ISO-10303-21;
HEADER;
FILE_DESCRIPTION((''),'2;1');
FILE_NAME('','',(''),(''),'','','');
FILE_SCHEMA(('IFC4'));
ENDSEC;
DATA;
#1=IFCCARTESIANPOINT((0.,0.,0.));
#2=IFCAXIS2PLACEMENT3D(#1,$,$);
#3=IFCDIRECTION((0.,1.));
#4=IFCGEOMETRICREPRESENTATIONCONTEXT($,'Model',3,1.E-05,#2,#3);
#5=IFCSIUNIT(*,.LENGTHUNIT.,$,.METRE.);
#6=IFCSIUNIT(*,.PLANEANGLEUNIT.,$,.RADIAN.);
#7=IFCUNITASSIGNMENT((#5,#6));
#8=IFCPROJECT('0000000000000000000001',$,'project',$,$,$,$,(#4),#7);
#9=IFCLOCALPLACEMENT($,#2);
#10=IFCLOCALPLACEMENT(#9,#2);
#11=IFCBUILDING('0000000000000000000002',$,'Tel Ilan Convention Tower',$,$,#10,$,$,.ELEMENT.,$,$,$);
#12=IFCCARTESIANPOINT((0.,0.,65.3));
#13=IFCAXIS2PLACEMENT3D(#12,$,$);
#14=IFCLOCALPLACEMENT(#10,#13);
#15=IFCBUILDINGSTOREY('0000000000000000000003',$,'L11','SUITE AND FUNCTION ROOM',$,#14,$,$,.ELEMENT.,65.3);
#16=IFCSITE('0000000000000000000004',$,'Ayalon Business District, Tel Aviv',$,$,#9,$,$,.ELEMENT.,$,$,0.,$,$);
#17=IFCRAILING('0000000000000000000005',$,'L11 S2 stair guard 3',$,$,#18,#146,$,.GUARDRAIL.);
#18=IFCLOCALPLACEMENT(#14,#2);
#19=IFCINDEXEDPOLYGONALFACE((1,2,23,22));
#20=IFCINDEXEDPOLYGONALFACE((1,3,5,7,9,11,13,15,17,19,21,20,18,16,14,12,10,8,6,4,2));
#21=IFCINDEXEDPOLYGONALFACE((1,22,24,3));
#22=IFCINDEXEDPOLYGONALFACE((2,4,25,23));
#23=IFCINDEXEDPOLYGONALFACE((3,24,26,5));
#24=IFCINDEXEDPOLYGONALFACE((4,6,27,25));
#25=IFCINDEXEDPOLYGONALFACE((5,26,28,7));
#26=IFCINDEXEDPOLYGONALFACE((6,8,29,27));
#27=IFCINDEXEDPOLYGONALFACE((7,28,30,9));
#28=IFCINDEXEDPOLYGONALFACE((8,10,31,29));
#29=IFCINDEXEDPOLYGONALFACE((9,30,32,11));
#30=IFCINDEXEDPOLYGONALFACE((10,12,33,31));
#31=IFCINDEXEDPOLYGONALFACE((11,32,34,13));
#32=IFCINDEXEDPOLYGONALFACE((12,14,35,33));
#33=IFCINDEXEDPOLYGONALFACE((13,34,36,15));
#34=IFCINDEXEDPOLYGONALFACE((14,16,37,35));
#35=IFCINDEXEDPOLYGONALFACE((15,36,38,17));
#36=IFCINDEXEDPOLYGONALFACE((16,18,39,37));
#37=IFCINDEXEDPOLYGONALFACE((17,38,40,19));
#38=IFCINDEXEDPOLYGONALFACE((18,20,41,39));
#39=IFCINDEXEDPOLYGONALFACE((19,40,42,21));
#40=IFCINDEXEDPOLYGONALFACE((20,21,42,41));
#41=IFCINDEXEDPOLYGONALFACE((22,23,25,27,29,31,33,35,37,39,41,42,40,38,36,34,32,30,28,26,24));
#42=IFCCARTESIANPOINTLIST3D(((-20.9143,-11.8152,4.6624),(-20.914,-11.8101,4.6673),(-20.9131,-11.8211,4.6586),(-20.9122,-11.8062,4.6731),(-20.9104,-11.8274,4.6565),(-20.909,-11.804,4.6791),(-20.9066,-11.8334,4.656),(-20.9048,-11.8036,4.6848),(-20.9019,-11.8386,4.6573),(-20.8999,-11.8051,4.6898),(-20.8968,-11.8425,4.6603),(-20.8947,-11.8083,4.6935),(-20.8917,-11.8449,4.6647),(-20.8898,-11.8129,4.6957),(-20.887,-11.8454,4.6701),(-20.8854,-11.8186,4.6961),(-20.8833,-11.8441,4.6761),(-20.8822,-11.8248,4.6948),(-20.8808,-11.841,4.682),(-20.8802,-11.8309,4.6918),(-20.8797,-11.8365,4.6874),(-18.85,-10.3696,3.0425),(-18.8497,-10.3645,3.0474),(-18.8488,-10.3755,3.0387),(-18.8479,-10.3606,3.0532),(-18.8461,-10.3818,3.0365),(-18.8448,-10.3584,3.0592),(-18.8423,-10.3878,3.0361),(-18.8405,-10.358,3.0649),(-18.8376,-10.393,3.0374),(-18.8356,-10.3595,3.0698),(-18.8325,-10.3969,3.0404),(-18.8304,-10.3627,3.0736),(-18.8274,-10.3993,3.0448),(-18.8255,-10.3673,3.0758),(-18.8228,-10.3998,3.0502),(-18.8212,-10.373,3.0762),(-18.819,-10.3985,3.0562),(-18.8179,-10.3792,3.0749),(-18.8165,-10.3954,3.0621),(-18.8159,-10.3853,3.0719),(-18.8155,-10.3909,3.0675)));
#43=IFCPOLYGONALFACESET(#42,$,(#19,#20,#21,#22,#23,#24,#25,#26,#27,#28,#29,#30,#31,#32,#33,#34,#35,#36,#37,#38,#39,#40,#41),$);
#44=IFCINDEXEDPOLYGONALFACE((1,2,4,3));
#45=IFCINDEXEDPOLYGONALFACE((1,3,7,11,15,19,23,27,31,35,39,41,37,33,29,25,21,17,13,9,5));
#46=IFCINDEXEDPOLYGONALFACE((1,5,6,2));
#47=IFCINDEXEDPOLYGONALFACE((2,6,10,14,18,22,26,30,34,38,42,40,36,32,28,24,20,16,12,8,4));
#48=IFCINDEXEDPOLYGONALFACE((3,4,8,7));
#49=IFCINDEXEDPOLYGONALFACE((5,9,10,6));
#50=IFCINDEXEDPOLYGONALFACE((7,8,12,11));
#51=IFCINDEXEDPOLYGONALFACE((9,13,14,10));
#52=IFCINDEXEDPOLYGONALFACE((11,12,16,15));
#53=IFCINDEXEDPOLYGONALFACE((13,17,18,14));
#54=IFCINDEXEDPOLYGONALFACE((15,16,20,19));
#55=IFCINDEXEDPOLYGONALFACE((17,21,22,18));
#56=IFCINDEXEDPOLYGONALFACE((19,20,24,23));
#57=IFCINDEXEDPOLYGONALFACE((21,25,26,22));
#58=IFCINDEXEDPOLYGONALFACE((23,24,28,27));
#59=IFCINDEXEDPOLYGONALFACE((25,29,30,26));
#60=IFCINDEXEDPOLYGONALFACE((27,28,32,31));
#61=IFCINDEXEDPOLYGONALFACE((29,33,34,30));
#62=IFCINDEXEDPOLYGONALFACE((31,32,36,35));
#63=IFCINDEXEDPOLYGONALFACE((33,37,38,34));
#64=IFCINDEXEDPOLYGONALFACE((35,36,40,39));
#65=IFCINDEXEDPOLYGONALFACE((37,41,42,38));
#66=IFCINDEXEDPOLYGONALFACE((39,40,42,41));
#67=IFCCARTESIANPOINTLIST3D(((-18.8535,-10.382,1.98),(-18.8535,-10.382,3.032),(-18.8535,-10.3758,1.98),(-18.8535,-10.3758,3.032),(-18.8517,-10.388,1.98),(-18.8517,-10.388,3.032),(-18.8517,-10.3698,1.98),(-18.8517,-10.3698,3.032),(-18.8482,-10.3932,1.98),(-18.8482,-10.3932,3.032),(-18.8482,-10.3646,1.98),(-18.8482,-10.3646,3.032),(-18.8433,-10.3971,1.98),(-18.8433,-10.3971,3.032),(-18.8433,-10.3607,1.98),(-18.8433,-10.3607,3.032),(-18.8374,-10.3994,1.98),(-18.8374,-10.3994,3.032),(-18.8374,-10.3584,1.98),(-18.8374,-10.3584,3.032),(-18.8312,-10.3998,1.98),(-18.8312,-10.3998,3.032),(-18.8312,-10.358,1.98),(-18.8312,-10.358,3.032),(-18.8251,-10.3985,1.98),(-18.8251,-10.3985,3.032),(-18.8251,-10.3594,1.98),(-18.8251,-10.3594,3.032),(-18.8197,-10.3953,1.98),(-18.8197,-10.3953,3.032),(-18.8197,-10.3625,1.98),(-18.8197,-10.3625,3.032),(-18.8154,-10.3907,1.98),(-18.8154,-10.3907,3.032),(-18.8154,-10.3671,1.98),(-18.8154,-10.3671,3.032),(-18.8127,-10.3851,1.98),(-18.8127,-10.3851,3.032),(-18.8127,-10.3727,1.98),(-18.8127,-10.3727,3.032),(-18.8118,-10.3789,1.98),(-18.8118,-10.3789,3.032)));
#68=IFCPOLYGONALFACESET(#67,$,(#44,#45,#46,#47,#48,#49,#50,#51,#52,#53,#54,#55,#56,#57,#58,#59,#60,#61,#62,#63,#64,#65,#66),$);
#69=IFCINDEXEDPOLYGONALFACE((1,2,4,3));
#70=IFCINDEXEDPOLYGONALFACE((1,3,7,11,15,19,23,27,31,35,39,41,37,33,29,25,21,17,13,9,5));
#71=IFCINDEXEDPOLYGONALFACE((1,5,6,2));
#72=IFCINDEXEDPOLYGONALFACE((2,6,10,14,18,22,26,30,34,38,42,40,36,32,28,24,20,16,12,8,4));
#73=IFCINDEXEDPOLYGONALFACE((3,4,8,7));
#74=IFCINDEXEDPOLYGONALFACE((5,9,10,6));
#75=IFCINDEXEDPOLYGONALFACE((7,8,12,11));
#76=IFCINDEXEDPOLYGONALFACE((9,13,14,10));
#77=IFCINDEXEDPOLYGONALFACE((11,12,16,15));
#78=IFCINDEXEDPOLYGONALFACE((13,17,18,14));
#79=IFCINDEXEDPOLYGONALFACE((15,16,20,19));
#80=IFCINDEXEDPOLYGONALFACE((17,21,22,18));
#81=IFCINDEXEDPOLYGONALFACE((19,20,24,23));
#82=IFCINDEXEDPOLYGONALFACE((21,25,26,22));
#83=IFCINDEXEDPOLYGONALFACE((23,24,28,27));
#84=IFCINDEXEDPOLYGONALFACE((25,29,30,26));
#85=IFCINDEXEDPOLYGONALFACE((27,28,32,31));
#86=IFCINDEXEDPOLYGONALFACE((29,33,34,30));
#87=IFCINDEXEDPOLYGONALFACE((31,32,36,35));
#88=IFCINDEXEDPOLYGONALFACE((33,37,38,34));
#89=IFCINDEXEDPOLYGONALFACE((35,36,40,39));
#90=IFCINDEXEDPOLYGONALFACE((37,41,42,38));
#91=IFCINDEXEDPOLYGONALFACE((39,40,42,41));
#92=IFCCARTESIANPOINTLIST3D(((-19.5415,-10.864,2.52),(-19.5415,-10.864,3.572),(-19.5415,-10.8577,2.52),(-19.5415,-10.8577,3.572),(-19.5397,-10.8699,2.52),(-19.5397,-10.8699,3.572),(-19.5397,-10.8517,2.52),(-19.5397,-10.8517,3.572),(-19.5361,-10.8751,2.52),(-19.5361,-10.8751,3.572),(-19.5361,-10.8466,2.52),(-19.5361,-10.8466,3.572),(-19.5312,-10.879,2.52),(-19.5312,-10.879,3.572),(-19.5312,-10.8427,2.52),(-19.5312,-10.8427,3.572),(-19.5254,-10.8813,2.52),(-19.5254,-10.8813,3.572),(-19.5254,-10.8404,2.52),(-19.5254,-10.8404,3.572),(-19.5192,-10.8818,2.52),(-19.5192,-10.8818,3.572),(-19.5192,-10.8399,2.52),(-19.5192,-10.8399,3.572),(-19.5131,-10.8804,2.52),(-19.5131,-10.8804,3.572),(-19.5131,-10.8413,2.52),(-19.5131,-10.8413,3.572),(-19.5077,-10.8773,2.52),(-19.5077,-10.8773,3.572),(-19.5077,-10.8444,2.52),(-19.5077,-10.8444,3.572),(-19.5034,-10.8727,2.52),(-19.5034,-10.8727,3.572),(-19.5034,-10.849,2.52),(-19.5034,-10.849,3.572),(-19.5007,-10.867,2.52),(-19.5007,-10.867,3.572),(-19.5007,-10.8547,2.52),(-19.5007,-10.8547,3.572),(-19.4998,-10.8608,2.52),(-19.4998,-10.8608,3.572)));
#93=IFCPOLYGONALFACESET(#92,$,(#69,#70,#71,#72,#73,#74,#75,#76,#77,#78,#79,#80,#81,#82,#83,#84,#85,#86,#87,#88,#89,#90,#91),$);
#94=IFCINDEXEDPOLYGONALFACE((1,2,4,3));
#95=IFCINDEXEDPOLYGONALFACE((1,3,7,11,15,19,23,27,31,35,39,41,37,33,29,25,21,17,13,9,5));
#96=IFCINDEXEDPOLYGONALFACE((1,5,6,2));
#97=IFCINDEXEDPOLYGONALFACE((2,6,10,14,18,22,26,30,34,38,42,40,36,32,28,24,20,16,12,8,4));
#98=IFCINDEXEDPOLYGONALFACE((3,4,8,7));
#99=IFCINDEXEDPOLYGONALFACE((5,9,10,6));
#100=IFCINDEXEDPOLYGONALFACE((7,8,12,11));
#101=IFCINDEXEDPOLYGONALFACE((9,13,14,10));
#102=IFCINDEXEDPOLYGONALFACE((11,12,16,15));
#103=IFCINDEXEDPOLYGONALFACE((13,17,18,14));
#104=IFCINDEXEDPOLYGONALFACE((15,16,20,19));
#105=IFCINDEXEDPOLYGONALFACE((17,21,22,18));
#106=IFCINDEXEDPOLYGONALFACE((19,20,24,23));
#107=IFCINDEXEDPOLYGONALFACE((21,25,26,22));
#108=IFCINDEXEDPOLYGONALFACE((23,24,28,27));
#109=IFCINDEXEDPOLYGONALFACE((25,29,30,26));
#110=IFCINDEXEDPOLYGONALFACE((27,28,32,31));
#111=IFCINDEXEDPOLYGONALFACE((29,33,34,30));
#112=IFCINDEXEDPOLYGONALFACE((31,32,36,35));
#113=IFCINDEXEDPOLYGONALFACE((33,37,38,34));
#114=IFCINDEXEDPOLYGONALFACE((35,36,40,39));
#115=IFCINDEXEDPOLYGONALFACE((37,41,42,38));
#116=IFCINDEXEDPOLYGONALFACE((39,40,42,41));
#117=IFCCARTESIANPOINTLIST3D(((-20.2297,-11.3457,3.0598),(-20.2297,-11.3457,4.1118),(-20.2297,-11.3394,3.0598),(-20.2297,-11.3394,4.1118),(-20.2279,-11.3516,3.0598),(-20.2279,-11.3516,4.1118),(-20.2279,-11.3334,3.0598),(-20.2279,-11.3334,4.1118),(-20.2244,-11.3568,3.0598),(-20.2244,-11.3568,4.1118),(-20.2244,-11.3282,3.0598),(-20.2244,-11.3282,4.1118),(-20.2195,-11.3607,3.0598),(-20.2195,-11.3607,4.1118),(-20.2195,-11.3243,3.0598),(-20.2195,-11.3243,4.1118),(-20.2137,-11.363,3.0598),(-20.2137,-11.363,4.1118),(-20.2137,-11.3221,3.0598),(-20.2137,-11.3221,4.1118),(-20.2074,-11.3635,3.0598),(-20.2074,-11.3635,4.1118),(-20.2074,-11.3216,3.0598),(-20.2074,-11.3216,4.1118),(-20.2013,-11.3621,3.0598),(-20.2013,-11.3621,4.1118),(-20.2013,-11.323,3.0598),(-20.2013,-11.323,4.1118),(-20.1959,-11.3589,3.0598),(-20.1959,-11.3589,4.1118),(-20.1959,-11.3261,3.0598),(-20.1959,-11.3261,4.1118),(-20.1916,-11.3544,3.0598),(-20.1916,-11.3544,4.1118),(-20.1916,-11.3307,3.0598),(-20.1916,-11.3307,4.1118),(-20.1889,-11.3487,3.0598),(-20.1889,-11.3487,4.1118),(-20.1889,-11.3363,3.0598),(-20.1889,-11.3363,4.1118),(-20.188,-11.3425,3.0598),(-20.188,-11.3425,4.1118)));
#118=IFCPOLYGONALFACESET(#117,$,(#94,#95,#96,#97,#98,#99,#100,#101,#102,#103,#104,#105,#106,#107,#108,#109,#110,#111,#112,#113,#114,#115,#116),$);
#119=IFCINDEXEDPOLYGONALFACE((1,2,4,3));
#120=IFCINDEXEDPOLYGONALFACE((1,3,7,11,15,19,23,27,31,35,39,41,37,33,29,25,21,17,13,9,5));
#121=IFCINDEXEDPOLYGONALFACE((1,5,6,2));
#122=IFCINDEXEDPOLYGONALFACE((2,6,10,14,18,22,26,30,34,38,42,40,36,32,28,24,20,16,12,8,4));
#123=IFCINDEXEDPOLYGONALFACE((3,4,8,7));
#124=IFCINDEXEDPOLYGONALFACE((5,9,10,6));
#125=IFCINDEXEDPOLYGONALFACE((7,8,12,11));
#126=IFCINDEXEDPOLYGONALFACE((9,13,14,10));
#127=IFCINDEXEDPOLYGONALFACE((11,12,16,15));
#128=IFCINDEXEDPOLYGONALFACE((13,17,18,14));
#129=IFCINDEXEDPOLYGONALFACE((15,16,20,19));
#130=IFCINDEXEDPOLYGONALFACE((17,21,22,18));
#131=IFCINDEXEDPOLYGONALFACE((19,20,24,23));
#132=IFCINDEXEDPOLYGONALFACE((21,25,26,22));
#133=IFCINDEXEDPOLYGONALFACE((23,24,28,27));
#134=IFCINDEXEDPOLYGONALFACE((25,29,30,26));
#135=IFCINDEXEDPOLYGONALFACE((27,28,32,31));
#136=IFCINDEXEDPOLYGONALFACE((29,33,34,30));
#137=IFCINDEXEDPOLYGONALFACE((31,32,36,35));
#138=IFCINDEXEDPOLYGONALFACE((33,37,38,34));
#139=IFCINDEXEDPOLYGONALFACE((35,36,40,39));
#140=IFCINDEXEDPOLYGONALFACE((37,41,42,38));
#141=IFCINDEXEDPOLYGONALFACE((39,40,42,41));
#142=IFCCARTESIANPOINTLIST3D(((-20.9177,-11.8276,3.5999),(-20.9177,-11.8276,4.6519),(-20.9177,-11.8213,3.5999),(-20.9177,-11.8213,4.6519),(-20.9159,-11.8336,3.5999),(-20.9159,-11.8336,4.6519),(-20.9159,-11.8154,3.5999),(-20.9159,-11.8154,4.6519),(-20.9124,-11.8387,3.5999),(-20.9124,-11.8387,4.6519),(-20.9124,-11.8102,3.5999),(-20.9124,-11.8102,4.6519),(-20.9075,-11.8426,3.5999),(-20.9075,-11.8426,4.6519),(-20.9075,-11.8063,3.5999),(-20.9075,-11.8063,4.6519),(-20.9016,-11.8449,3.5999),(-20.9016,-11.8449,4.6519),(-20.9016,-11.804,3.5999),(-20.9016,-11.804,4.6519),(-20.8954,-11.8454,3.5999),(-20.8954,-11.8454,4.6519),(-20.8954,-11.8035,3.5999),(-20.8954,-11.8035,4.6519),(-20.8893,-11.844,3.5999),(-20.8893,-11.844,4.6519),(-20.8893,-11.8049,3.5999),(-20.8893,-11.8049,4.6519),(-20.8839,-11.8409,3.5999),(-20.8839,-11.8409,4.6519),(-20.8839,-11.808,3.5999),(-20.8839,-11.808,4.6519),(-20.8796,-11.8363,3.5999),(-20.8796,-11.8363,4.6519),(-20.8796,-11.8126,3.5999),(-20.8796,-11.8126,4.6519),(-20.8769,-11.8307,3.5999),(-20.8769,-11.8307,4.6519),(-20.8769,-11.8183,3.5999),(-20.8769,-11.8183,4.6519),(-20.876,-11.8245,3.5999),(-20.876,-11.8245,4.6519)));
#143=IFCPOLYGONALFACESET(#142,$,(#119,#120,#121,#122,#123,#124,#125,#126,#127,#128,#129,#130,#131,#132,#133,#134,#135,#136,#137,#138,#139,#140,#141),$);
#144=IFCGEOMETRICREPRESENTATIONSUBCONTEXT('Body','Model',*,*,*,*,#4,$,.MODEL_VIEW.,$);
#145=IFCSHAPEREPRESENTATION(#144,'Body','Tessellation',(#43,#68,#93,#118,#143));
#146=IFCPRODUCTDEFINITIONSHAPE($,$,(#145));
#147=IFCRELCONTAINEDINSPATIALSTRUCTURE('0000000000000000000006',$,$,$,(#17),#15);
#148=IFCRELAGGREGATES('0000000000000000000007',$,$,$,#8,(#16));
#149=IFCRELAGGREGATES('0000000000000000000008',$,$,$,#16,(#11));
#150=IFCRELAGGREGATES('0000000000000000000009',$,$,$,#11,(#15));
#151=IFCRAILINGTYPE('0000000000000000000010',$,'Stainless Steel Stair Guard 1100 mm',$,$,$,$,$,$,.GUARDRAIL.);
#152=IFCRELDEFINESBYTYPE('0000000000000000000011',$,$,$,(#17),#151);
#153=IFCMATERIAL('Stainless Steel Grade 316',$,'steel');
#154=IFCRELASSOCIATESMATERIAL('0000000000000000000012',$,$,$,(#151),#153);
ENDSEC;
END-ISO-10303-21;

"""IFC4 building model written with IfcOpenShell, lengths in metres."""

from ifc_helpers import new_model, si_unit, direction, frame, origin, origin_2d, place, context, subcontext, project, spatial, circle, extrude, material, type_object, element, save


model = new_model("IFC4")

# Units and contexts
model_context = context("Model", 3, precision=1e-05, world=origin(), true_north=direction((0.0, 1.0)))
body_context = subcontext(model_context, "Body", "Model", "MODEL_VIEW")
ifc_project = project(units=[si_unit("LENGTHUNIT", "METRE"), si_unit("PLANEANGLEUNIT", "RADIAN")], contexts=[model_context])

# Site, building, storey
site_placement = place(None, origin())
site = spatial("IfcSite", under=ifc_project, at=site_placement, Name="Ayalon Business District, Tel Aviv", CompositionType="ELEMENT", RefElevation=0.0)
building_placement = place(site_placement, origin())
building = spatial("IfcBuilding", under=site, at=building_placement, Name="Tel Ilan Convention Tower", CompositionType="ELEMENT")
storey_placement = place(building_placement, frame((0.0, 0.0, 65.3)))
storey = spatial("IfcBuildingStorey", under=building, at=storey_placement, Name="L11", Description="SUITE AND FUNCTION ROOM", CompositionType="ELEMENT", Elevation=65.3)

# Railing
ifc_material_1 = material(Name="Stainless Steel Grade 316", Category="steel")
railing_type_1 = type_object("IfcRailingType", Name="Stainless Steel Stair Guard 1100 mm", PredefinedType="GUARDRAIL", material=ifc_material_1)
railing_1_placement = place(storey_placement, frame((-18.8328, -10.3789, 1.98)))
element("IfcRailing", 1, at=railing_1_placement, inside=storey, type_object=railing_type_1, Name="L11 S2 stair guard 3", PredefinedType="GUARDRAIL", context=body_context, shape_type="SweptSolid", body=[
    extrude(circle(Radius=0.0239, at=origin_2d()), frame((0.0, 0.0, 1.0762), z_axis=(-0.689043, -0.482534, 0.540722), x_axis=(0.573625, -0.819118, 0.0)), (0.0, 0.0, 1.0), 2.9958),
    extrude(circle(Radius=0.021, at=origin_2d()), origin(), (0.0, 0.0, 1.0), 1.052),
    extrude(circle(Radius=0.021, at=origin_2d()), frame((-0.688, -0.4819, 0.54)), (0.0, 0.0, 1.0), 1.052),
    extrude(circle(Radius=0.021, at=origin_2d()), frame((-1.3762, -0.9636, 1.0798)), (0.0, 0.0, 1.0), 1.052),
    extrude(circle(Radius=0.021, at=origin_2d()), frame((-2.0642, -1.4456, 1.6199)), (0.0, 0.0, 1.0), 1.052),
])

save(model, "model.ifc")
